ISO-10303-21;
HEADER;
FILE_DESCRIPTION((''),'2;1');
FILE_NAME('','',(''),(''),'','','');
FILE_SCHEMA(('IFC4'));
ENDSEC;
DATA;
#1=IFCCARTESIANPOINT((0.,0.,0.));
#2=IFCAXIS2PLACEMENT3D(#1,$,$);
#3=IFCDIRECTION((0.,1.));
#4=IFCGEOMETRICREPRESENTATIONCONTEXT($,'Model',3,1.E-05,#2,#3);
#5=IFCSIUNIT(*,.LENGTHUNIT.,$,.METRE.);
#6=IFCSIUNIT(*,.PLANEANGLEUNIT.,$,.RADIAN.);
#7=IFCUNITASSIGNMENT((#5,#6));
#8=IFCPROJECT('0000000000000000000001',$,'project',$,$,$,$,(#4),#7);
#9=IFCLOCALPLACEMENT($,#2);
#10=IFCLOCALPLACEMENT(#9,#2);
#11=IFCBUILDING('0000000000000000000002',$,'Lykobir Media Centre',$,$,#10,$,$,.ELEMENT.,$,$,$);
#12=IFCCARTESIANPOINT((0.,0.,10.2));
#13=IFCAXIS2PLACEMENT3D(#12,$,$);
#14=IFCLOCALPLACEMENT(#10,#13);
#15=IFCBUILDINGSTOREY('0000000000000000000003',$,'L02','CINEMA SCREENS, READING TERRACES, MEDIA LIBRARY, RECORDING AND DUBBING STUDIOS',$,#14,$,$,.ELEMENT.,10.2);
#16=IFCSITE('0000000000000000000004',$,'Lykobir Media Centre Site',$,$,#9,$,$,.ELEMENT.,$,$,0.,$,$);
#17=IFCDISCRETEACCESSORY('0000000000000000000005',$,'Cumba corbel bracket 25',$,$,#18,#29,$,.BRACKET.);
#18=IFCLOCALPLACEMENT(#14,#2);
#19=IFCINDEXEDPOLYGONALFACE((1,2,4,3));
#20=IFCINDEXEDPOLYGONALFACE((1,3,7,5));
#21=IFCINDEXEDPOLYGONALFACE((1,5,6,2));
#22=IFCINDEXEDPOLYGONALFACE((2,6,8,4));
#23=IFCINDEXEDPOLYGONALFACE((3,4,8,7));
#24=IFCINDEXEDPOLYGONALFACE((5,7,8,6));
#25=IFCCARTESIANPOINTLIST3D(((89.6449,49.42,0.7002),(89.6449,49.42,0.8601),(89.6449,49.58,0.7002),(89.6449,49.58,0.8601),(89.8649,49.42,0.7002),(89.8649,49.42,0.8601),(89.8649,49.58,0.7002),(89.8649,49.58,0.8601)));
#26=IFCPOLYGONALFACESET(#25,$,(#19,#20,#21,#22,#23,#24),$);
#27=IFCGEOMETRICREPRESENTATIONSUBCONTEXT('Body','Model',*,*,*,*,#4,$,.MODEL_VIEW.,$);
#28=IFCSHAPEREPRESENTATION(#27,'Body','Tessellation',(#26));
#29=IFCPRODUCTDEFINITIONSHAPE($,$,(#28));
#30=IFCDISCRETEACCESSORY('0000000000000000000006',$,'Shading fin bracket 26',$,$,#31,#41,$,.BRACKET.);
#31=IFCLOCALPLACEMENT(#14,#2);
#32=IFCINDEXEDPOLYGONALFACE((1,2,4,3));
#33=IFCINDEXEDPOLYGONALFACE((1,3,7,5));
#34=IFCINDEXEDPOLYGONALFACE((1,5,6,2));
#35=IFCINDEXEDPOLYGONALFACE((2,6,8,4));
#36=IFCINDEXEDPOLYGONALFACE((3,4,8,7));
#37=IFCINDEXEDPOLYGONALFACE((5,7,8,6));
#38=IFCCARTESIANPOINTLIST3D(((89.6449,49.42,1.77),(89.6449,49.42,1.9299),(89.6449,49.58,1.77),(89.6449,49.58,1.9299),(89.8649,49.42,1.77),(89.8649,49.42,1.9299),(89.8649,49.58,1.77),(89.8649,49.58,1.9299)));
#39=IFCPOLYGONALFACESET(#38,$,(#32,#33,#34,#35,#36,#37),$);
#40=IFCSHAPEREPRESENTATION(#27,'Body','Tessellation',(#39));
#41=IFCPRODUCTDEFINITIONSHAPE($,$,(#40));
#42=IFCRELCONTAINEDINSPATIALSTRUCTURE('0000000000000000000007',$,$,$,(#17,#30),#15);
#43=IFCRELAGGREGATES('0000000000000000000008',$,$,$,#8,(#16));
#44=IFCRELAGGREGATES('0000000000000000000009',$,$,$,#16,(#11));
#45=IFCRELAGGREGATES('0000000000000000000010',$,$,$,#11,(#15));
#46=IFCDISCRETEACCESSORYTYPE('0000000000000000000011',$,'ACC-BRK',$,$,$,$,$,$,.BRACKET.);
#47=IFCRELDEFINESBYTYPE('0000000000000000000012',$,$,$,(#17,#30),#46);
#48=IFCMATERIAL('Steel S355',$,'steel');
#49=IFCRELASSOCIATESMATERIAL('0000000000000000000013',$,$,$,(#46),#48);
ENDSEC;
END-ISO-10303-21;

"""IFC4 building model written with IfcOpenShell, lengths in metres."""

from ifc_helpers import new_model, si_unit, direction, frame, origin, origin_2d, place, context, subcontext, project, spatial, rectangle, extrude, material, type_object, element, save


model = new_model("IFC4")

# Units and contexts
model_context = context("Model", 3, precision=1e-05, world=origin(), true_north=direction((0.0, 1.0)))
body_context = subcontext(model_context, "Body", "Model", "MODEL_VIEW")
ifc_project = project(units=[si_unit("LENGTHUNIT", "METRE"), si_unit("PLANEANGLEUNIT", "RADIAN")], contexts=[model_context])

# Site, building, storey
site_placement = place(None, origin())
site = spatial("IfcSite", under=ifc_project, at=site_placement, Name="Lykobir Media Centre Site", CompositionType="ELEMENT", RefElevation=0.0)
building_placement = place(site_placement, origin())
building = spatial("IfcBuilding", under=site, at=building_placement, Name="Lykobir Media Centre", CompositionType="ELEMENT")
storey_placement = place(building_placement, frame((0.0, 0.0, 10.2)))
storey = spatial("IfcBuildingStorey", under=building, at=storey_placement, Name="L02", Description="CINEMA SCREENS, READING TERRACES, MEDIA LIBRARY, RECORDING AND DUBBING STUDIOS", CompositionType="ELEMENT", Elevation=10.2)

# Shared definitions
ifc_material_1 = material(Name="Steel S355", Category="steel")

# Discrete accessories
discrete_accessory_type = type_object("IfcDiscreteAccessoryType", Name="ACC-BRK", PredefinedType="BRACKET", material=ifc_material_1)
for number, where, z_axis, x_axis, name in (
    (1, (89.7549, 49.5, 0.7002), (0.0, 0.0, 1.0), (0.0, -1.0, 0.0), "Cumba corbel bracket 25"),
    (2, (89.7549, 49.5, 1.77), (0.0, 0.0, 1.0), (0.0, -1.0, 0.0), "Shading fin bracket 26"),
):
    element("IfcDiscreteAccessory", number, at=place(storey_placement, frame(where, z_axis=z_axis, x_axis=x_axis)), inside=storey, type_object=discrete_accessory_type, Name=name, PredefinedType="BRACKET", context=body_context, shape_type="SweptSolid", body=[
        extrude(rectangle(XDim=0.1599, YDim=0.22, at=origin_2d()), origin(), (0.0, 0.0, 1.0), 0.1599),
    ])

save(model, "model.ifc")
